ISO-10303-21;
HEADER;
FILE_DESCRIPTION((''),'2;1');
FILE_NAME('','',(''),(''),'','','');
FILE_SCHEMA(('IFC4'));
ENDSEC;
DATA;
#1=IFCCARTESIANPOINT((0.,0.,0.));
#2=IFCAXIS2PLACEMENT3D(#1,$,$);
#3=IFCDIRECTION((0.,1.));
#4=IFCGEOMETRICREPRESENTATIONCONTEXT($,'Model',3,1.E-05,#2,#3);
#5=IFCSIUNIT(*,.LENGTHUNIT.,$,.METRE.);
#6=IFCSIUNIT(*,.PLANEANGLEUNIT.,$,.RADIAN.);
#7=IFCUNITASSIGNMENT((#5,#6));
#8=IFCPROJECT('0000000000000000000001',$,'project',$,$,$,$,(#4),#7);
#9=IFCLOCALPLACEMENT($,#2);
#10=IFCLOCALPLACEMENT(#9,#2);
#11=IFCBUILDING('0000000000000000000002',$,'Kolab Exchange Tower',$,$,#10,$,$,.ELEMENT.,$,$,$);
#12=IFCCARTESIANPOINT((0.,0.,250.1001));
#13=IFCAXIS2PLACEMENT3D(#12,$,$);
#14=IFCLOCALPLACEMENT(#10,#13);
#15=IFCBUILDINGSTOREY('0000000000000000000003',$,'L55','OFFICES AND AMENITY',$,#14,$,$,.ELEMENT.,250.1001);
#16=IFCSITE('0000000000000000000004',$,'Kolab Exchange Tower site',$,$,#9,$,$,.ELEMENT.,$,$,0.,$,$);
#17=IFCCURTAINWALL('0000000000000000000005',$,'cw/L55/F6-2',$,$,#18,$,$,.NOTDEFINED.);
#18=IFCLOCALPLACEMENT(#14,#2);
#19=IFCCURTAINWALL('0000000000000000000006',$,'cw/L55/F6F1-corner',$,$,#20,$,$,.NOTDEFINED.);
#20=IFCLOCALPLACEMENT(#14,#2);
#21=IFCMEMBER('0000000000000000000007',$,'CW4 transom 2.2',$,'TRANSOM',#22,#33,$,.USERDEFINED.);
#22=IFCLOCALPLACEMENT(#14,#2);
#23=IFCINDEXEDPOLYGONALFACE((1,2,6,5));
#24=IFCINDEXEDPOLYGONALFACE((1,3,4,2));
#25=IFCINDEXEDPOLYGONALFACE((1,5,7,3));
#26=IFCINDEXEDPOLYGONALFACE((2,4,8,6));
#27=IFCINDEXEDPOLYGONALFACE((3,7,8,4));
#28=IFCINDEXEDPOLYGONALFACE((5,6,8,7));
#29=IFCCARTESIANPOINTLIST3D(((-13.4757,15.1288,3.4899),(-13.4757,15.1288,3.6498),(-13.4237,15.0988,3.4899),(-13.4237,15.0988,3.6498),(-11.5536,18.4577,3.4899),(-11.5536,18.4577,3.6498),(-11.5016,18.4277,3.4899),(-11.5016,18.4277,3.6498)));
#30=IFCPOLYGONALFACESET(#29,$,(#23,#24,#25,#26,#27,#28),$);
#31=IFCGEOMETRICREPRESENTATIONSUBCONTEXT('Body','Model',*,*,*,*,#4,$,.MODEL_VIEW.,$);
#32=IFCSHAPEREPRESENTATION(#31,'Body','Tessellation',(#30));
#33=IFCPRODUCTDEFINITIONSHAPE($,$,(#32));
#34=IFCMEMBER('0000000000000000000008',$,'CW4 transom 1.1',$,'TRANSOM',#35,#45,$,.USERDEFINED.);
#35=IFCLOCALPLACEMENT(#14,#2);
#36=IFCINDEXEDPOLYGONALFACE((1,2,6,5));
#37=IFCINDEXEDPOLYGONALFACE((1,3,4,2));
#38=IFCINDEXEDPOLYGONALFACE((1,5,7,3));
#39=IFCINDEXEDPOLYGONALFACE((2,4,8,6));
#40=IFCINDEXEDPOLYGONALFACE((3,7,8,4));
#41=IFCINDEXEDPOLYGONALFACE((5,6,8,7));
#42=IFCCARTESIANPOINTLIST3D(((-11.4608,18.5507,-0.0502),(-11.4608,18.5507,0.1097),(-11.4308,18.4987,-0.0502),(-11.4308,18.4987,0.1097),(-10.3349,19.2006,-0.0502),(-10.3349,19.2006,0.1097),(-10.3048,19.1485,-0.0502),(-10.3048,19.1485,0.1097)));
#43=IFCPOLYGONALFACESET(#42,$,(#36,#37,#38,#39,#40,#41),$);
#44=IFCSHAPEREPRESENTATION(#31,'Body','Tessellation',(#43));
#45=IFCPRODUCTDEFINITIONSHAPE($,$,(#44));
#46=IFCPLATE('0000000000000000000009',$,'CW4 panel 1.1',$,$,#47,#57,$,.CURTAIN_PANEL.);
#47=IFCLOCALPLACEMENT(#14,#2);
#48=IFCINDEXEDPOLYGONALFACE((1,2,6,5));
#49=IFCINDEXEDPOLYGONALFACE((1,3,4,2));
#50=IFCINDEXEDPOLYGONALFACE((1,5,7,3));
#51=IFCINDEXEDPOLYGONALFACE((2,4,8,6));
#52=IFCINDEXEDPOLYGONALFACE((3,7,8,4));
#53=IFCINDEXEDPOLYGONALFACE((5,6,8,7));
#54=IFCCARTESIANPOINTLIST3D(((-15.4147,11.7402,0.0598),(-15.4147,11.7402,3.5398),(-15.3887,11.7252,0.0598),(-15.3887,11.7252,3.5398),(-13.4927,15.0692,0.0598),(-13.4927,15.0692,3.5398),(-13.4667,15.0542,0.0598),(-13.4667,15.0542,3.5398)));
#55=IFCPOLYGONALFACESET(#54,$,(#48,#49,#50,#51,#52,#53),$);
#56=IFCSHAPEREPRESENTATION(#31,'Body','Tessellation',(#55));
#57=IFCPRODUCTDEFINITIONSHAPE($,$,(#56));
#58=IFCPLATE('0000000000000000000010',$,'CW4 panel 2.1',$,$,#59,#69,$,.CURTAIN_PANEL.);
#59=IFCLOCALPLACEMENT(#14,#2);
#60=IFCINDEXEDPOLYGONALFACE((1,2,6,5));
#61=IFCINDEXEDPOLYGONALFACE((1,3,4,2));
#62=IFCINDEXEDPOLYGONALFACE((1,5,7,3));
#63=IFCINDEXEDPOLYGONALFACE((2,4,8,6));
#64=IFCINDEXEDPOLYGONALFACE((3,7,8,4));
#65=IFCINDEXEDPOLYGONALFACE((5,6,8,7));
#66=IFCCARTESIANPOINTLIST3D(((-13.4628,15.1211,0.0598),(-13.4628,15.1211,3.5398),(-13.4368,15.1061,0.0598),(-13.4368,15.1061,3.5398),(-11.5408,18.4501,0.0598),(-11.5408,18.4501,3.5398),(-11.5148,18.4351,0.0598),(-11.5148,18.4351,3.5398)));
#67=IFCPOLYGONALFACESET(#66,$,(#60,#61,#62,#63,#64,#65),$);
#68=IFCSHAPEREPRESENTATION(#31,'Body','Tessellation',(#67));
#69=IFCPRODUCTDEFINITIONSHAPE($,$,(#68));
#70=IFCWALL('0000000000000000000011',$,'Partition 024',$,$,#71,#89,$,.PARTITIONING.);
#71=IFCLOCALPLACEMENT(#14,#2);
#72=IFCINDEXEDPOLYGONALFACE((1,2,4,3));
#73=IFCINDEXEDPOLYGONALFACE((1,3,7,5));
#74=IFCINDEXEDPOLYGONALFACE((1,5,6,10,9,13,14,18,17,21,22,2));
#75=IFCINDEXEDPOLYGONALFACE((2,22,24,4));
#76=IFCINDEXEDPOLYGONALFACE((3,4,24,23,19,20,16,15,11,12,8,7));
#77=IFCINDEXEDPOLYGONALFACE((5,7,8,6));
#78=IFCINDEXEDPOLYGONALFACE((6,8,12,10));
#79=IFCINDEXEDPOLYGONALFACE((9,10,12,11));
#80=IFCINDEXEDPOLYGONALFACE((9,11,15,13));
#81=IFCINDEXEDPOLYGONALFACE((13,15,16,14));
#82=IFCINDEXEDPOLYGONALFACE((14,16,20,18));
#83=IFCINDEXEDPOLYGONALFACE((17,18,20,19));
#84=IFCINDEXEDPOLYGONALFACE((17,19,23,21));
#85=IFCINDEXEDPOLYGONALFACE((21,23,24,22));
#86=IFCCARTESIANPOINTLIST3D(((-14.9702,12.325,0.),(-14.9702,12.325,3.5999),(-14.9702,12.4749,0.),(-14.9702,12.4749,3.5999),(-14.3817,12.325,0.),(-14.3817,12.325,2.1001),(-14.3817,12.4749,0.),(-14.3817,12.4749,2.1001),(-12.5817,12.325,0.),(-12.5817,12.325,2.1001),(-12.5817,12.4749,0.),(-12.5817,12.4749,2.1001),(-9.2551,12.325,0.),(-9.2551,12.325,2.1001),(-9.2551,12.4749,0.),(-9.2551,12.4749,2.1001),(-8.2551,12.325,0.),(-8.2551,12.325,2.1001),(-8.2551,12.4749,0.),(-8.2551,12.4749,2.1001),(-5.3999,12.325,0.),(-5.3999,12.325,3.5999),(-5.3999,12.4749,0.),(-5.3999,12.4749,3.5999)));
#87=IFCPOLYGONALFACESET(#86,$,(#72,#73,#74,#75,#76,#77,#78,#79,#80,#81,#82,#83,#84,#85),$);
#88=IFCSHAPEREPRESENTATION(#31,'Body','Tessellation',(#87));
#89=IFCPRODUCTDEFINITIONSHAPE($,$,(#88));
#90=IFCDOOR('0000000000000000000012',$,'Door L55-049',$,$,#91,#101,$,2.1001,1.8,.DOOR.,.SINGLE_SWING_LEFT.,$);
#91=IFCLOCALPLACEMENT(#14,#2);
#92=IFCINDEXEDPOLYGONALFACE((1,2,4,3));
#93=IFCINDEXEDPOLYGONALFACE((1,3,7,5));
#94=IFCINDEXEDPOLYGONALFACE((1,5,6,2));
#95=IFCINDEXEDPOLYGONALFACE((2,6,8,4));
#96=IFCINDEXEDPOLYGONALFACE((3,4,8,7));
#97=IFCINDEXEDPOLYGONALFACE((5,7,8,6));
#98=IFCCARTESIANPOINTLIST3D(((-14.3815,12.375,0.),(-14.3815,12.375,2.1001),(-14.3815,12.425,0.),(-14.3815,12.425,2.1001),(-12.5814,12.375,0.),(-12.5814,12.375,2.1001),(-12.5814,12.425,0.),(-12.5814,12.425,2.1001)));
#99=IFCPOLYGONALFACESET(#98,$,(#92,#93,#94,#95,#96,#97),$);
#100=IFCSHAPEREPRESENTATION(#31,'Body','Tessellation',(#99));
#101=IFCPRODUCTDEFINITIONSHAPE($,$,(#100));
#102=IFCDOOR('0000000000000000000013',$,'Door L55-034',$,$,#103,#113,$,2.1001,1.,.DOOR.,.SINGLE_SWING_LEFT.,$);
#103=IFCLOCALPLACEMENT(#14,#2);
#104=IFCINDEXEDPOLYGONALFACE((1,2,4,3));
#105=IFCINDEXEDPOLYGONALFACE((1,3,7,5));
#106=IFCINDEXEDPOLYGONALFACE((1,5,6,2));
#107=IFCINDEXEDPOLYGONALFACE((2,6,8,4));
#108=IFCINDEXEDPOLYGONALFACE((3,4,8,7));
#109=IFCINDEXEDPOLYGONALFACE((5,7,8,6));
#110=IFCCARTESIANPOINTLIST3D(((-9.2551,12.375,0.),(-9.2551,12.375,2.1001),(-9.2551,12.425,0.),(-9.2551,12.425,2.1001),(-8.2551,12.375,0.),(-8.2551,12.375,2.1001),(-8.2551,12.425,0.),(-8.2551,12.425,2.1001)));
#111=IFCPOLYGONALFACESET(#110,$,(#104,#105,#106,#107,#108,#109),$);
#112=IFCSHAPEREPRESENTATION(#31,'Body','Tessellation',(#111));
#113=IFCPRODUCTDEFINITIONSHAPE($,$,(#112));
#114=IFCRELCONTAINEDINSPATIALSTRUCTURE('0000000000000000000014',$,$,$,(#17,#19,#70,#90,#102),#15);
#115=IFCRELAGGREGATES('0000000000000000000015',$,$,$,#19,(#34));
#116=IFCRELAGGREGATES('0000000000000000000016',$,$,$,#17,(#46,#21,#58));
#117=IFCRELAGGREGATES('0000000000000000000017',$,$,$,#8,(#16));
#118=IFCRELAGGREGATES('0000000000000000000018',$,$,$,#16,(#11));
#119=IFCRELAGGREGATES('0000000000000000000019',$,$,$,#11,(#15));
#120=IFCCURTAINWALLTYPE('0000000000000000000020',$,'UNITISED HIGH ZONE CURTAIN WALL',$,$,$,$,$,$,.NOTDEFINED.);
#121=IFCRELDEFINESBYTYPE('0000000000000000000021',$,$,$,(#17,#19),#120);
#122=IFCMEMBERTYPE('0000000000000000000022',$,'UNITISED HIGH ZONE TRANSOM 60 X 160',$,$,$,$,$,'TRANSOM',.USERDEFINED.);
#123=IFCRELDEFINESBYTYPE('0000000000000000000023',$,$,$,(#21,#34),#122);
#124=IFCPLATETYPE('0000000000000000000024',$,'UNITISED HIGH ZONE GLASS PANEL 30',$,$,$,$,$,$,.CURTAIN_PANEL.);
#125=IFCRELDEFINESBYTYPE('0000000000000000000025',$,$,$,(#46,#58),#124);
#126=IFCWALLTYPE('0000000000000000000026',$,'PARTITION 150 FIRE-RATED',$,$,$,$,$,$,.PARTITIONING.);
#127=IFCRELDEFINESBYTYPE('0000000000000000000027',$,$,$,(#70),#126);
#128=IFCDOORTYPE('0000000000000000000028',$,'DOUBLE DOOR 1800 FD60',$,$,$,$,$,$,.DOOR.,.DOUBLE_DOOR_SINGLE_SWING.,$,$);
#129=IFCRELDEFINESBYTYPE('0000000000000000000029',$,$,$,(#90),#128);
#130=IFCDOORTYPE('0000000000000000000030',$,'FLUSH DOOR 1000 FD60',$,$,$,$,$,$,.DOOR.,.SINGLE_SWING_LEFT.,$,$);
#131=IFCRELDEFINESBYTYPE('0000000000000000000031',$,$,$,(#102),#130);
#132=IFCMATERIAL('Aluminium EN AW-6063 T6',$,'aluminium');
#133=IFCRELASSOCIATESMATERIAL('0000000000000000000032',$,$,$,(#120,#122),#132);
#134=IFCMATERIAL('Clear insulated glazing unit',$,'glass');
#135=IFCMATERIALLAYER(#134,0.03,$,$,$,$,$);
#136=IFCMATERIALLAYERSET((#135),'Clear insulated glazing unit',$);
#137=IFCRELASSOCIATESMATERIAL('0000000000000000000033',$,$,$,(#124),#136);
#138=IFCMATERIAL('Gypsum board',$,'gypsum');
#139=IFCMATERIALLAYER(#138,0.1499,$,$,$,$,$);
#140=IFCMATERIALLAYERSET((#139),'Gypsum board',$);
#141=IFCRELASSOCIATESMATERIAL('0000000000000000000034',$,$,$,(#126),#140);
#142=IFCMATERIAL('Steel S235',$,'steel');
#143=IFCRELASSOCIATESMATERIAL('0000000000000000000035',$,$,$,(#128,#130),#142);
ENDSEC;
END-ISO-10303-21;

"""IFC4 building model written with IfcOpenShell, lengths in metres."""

from ifc_helpers import new_model, si_unit, direction, frame, frame_2d, origin, origin_2d, place, context, subcontext, project, spatial, rectangle, extrude, material, layer, layer_set, material_profile, profile_set, type_object, element, fill, aggregate, save


model = new_model("IFC4")

# Units and contexts
model_context = context("Model", 3, precision=1e-05, world=origin(), true_north=direction((0.0, 1.0)))
body_context = subcontext(model_context, "Body", "Model", "MODEL_VIEW")
ifc_project = project(units=[si_unit("LENGTHUNIT", "METRE"), si_unit("PLANEANGLEUNIT", "RADIAN")], contexts=[model_context])

# Site, building, storey
site_placement = place(None, origin())
site = spatial("IfcSite", under=ifc_project, at=site_placement, Name="Kolab Exchange Tower site", CompositionType="ELEMENT", RefElevation=0.0)
building_placement = place(site_placement, origin())
building = spatial("IfcBuilding", under=site, at=building_placement, Name="Kolab Exchange Tower", CompositionType="ELEMENT")
storey_placement = place(building_placement, frame((0.0, 0.0, 250.1001)))
storey = spatial("IfcBuildingStorey", under=building, at=storey_placement, Name="L55", Description="OFFICES AND AMENITY", CompositionType="ELEMENT", Elevation=250.1001)

# Curtain wall
ifc_material_1 = material(Name="Aluminium EN AW-6063 T6", Category="aluminium")
curtain_wall_type = type_object("IfcCurtainWallType", Name="UNITISED HIGH ZONE CURTAIN WALL", PredefinedType="NOTDEFINED", material=ifc_material_1)
curtain_wall_1_placement = place(storey_placement, origin())
curtain_wall_1 = element("IfcCurtainWall", 1, at=curtain_wall_1_placement, inside=storey, type_object=curtain_wall_type, Name="cw/L55/F6-2", PredefinedType="NOTDEFINED")

# Curtain wall
curtain_wall_2_placement = place(storey_placement, origin())
curtain_wall_2 = element("IfcCurtainWall", 2, at=curtain_wall_2_placement, inside=storey, type_object=curtain_wall_type, Name="cw/L55/F6F1-corner", PredefinedType="NOTDEFINED")

# Members
ifc_material_profile_1 = material_profile(ifc_material_1, rectangle(XDim=0.0601, YDim=0.1599, at=origin_2d()), Name="RECT 60X160")
ifc_profile_set_1 = profile_set([ifc_material_profile_1], Name="Aluminium EN AW-6063 T6")
member_type_1 = type_object("IfcMemberType", Name="UNITISED HIGH ZONE TRANSOM 60 X 160", ElementType="TRANSOM", PredefinedType="USERDEFINED", material=ifc_profile_set_1)
member_1_placement = place(storey_placement, frame((-13.4497, 15.1138, 3.5698), z_axis=(0.500039, 0.866003, 0.0), x_axis=(-0.866003, 0.500039, 0.0)))
member_1 = element("IfcMember", 3, at=member_1_placement, type_object=member_type_1, Name="CW4 transom 2.2", ObjectType="TRANSOM", PredefinedType="USERDEFINED", context=body_context, shape_type="SweptSolid", body=[
    extrude(rectangle(XDim=0.0601, YDim=0.1599, at=origin_2d()), origin(), (0.0, 0.0, 1.0), 3.844),
])
member_2_placement = place(storey_placement, frame((-11.4458, 18.5247, 0.0298), z_axis=(0.866086, 0.499896, 0.0), x_axis=(-0.499896, 0.866086, 0.0)))
member_2 = element("IfcMember", 4, at=member_2_placement, type_object=member_type_1, Name="CW4 transom 1.1", ObjectType="TRANSOM", PredefinedType="USERDEFINED", context=body_context, shape_type="SweptSolid", body=[
    extrude(rectangle(XDim=0.0601, YDim=0.1599, at=origin_2d()), origin(), (0.0, 0.0, 1.0), 1.3),
])
aggregate(curtain_wall_2, [member_2])

# Plates
ifc_material_2 = material(Name="Clear insulated glazing unit", Category="glass")
ifc_layer_1 = layer(ifc_material_2, 0.03)
ifc_layer_set_1 = layer_set([ifc_layer_1], Name="Clear insulated glazing unit")
plate_type = type_object("IfcPlateType", Name="UNITISED HIGH ZONE GLASS PANEL 30", PredefinedType="CURTAIN_PANEL", material=ifc_layer_set_1)
plate_1_placement = place(storey_placement, frame((-14.4407, 13.3972, 0.0598), z_axis=(0.0, 0.0, 1.0), x_axis=(0.5, 0.866025, 0.0)))
plate_1 = element("IfcPlate", 5, at=plate_1_placement, type_object=plate_type, Name="CW4 panel 1.1", PredefinedType="CURTAIN_PANEL", context=body_context, shape_type="SweptSolid", body=[
    extrude(rectangle(XDim=3.844, YDim=0.03, at=origin_2d()), origin(), (0.0, 0.0, 1.0), 3.48),
])
plate_2_placement = place(storey_placement, frame((-12.4888, 16.7781, 0.0598), z_axis=(0.0, 0.0, 1.0), x_axis=(0.5, 0.866025, 0.0)))
plate_2 = element("IfcPlate", 6, at=plate_2_placement, type_object=plate_type, Name="CW4 panel 2.1", PredefinedType="CURTAIN_PANEL", context=body_context, shape_type="SweptSolid", body=[
    extrude(rectangle(XDim=3.844, YDim=0.03, at=origin_2d()), origin(), (0.0, 0.0, 1.0), 3.48),
])
aggregate(curtain_wall_1, [plate_1, member_1, plate_2])

# Wall, openings, doors
ifc_material_3 = material(Name="Gypsum board", Category="gypsum")
ifc_layer_2 = layer(ifc_material_3, 0.1499)
ifc_layer_set_2 = layer_set([ifc_layer_2], Name="Gypsum board")
wall_type = type_object("IfcWallType", Name="PARTITION 150 FIRE-RATED", PredefinedType="PARTITIONING", material=ifc_layer_set_2)
wall_1_placement = place(storey_placement, frame((-14.9702, 12.3999, 0.0), z_axis=(0.0, 0.0, 1.0), x_axis=(1.0, 0.0, 0.0)))
wall_1 = element("IfcWall", 7, at=wall_1_placement, inside=storey, type_object=wall_type, Name="Partition 024", PredefinedType="PARTITIONING", context=body_context, shape_type="SweptSolid", body=[
    extrude(rectangle(XDim=9.5703, YDim=0.1499, at=frame_2d((4.7852, 0.0))), origin(), (0.0, 0.0, 1.0), 3.5999),
])
opening_1_placement = place(wall_1_placement, frame((5.7151, 0.0, 0.0)))
opening_1 = element("IfcOpeningElement", 8, at=opening_1_placement, cuts=wall_1, PredefinedType="OPENING", context=body_context, shape_type="SweptSolid", body=[
    extrude(rectangle(XDim=1.0, YDim=2.1001, at=frame_2d((0.5, 1.05))), frame((0.0, 0.085, 0.0), z_axis=(0.0, -1.0, 0.0), x_axis=(1.0, 0.0, 0.0)), (0.0, 0.0, 1.0), 0.1699),
])
opening_2_placement = place(wall_1_placement, frame((0.5886, 0.0, 0.0)))
opening_2 = element("IfcOpeningElement", 9, at=opening_2_placement, cuts=wall_1, PredefinedType="OPENING", context=body_context, shape_type="SweptSolid", body=[
    extrude(rectangle(XDim=1.8, YDim=2.1001, at=frame_2d((0.8999, 1.05))), frame((0.0, 0.085, 0.0), z_axis=(0.0, -1.0, 0.0), x_axis=(1.0, 0.0, 0.0)), (0.0, 0.0, 1.0), 0.1699),
])
ifc_material_4 = material(Name="Steel S235", Category="steel")
door_type_1 = type_object("IfcDoorType", Name="DOUBLE DOOR 1800 FD60", OperationType="DOUBLE_DOOR_SINGLE_SWING", PredefinedType="DOOR", material=ifc_material_4)
door_1_placement = place(opening_2_placement, frame((1.8, 0.0, 0.0), z_axis=(0.0, 0.0, 1.0), x_axis=(-1.0, 0.0, 0.0)))
door_1 = element("IfcDoor", 10, at=door_1_placement, inside=storey, type_object=door_type_1, Name="Door L55-049", OperationType="SINGLE_SWING_LEFT", OverallHeight=2.1001, OverallWidth=1.8, PredefinedType="DOOR", context=body_context, shape_type="SweptSolid", body=[
    extrude(rectangle(XDim=1.8, YDim=2.1001, at=frame_2d((0.8999, 1.05))), frame((0.0, 0.0249, 0.0), z_axis=(0.0, -1.0, 0.0), x_axis=(1.0, 0.0, 0.0)), (0.0, 0.0, 1.0), 0.05),
])
fill(opening_2, door_1)
door_type_2 = type_object("IfcDoorType", Name="FLUSH DOOR 1000 FD60", OperationType="SINGLE_SWING_LEFT", PredefinedType="DOOR", material=ifc_material_4)
door_2_placement = place(opening_1_placement, frame((1.0, 0.0, 0.0), z_axis=(0.0, 0.0, 1.0), x_axis=(-1.0, 0.0, 0.0)))
door_2 = element("IfcDoor", 11, at=door_2_placement, inside=storey, type_object=door_type_2, Name="Door L55-034", OperationType="SINGLE_SWING_LEFT", OverallHeight=2.1001, OverallWidth=1.0, PredefinedType="DOOR", context=body_context, shape_type="SweptSolid", body=[
    extrude(rectangle(XDim=1.0, YDim=2.1001, at=frame_2d((0.5, 1.05))), frame((0.0, 0.0249, 0.0), z_axis=(0.0, -1.0, 0.0), x_axis=(1.0, 0.0, 0.0)), (0.0, 0.0, 1.0), 0.05),
])
fill(opening_1, door_2)

save(model, "model.ifc")
